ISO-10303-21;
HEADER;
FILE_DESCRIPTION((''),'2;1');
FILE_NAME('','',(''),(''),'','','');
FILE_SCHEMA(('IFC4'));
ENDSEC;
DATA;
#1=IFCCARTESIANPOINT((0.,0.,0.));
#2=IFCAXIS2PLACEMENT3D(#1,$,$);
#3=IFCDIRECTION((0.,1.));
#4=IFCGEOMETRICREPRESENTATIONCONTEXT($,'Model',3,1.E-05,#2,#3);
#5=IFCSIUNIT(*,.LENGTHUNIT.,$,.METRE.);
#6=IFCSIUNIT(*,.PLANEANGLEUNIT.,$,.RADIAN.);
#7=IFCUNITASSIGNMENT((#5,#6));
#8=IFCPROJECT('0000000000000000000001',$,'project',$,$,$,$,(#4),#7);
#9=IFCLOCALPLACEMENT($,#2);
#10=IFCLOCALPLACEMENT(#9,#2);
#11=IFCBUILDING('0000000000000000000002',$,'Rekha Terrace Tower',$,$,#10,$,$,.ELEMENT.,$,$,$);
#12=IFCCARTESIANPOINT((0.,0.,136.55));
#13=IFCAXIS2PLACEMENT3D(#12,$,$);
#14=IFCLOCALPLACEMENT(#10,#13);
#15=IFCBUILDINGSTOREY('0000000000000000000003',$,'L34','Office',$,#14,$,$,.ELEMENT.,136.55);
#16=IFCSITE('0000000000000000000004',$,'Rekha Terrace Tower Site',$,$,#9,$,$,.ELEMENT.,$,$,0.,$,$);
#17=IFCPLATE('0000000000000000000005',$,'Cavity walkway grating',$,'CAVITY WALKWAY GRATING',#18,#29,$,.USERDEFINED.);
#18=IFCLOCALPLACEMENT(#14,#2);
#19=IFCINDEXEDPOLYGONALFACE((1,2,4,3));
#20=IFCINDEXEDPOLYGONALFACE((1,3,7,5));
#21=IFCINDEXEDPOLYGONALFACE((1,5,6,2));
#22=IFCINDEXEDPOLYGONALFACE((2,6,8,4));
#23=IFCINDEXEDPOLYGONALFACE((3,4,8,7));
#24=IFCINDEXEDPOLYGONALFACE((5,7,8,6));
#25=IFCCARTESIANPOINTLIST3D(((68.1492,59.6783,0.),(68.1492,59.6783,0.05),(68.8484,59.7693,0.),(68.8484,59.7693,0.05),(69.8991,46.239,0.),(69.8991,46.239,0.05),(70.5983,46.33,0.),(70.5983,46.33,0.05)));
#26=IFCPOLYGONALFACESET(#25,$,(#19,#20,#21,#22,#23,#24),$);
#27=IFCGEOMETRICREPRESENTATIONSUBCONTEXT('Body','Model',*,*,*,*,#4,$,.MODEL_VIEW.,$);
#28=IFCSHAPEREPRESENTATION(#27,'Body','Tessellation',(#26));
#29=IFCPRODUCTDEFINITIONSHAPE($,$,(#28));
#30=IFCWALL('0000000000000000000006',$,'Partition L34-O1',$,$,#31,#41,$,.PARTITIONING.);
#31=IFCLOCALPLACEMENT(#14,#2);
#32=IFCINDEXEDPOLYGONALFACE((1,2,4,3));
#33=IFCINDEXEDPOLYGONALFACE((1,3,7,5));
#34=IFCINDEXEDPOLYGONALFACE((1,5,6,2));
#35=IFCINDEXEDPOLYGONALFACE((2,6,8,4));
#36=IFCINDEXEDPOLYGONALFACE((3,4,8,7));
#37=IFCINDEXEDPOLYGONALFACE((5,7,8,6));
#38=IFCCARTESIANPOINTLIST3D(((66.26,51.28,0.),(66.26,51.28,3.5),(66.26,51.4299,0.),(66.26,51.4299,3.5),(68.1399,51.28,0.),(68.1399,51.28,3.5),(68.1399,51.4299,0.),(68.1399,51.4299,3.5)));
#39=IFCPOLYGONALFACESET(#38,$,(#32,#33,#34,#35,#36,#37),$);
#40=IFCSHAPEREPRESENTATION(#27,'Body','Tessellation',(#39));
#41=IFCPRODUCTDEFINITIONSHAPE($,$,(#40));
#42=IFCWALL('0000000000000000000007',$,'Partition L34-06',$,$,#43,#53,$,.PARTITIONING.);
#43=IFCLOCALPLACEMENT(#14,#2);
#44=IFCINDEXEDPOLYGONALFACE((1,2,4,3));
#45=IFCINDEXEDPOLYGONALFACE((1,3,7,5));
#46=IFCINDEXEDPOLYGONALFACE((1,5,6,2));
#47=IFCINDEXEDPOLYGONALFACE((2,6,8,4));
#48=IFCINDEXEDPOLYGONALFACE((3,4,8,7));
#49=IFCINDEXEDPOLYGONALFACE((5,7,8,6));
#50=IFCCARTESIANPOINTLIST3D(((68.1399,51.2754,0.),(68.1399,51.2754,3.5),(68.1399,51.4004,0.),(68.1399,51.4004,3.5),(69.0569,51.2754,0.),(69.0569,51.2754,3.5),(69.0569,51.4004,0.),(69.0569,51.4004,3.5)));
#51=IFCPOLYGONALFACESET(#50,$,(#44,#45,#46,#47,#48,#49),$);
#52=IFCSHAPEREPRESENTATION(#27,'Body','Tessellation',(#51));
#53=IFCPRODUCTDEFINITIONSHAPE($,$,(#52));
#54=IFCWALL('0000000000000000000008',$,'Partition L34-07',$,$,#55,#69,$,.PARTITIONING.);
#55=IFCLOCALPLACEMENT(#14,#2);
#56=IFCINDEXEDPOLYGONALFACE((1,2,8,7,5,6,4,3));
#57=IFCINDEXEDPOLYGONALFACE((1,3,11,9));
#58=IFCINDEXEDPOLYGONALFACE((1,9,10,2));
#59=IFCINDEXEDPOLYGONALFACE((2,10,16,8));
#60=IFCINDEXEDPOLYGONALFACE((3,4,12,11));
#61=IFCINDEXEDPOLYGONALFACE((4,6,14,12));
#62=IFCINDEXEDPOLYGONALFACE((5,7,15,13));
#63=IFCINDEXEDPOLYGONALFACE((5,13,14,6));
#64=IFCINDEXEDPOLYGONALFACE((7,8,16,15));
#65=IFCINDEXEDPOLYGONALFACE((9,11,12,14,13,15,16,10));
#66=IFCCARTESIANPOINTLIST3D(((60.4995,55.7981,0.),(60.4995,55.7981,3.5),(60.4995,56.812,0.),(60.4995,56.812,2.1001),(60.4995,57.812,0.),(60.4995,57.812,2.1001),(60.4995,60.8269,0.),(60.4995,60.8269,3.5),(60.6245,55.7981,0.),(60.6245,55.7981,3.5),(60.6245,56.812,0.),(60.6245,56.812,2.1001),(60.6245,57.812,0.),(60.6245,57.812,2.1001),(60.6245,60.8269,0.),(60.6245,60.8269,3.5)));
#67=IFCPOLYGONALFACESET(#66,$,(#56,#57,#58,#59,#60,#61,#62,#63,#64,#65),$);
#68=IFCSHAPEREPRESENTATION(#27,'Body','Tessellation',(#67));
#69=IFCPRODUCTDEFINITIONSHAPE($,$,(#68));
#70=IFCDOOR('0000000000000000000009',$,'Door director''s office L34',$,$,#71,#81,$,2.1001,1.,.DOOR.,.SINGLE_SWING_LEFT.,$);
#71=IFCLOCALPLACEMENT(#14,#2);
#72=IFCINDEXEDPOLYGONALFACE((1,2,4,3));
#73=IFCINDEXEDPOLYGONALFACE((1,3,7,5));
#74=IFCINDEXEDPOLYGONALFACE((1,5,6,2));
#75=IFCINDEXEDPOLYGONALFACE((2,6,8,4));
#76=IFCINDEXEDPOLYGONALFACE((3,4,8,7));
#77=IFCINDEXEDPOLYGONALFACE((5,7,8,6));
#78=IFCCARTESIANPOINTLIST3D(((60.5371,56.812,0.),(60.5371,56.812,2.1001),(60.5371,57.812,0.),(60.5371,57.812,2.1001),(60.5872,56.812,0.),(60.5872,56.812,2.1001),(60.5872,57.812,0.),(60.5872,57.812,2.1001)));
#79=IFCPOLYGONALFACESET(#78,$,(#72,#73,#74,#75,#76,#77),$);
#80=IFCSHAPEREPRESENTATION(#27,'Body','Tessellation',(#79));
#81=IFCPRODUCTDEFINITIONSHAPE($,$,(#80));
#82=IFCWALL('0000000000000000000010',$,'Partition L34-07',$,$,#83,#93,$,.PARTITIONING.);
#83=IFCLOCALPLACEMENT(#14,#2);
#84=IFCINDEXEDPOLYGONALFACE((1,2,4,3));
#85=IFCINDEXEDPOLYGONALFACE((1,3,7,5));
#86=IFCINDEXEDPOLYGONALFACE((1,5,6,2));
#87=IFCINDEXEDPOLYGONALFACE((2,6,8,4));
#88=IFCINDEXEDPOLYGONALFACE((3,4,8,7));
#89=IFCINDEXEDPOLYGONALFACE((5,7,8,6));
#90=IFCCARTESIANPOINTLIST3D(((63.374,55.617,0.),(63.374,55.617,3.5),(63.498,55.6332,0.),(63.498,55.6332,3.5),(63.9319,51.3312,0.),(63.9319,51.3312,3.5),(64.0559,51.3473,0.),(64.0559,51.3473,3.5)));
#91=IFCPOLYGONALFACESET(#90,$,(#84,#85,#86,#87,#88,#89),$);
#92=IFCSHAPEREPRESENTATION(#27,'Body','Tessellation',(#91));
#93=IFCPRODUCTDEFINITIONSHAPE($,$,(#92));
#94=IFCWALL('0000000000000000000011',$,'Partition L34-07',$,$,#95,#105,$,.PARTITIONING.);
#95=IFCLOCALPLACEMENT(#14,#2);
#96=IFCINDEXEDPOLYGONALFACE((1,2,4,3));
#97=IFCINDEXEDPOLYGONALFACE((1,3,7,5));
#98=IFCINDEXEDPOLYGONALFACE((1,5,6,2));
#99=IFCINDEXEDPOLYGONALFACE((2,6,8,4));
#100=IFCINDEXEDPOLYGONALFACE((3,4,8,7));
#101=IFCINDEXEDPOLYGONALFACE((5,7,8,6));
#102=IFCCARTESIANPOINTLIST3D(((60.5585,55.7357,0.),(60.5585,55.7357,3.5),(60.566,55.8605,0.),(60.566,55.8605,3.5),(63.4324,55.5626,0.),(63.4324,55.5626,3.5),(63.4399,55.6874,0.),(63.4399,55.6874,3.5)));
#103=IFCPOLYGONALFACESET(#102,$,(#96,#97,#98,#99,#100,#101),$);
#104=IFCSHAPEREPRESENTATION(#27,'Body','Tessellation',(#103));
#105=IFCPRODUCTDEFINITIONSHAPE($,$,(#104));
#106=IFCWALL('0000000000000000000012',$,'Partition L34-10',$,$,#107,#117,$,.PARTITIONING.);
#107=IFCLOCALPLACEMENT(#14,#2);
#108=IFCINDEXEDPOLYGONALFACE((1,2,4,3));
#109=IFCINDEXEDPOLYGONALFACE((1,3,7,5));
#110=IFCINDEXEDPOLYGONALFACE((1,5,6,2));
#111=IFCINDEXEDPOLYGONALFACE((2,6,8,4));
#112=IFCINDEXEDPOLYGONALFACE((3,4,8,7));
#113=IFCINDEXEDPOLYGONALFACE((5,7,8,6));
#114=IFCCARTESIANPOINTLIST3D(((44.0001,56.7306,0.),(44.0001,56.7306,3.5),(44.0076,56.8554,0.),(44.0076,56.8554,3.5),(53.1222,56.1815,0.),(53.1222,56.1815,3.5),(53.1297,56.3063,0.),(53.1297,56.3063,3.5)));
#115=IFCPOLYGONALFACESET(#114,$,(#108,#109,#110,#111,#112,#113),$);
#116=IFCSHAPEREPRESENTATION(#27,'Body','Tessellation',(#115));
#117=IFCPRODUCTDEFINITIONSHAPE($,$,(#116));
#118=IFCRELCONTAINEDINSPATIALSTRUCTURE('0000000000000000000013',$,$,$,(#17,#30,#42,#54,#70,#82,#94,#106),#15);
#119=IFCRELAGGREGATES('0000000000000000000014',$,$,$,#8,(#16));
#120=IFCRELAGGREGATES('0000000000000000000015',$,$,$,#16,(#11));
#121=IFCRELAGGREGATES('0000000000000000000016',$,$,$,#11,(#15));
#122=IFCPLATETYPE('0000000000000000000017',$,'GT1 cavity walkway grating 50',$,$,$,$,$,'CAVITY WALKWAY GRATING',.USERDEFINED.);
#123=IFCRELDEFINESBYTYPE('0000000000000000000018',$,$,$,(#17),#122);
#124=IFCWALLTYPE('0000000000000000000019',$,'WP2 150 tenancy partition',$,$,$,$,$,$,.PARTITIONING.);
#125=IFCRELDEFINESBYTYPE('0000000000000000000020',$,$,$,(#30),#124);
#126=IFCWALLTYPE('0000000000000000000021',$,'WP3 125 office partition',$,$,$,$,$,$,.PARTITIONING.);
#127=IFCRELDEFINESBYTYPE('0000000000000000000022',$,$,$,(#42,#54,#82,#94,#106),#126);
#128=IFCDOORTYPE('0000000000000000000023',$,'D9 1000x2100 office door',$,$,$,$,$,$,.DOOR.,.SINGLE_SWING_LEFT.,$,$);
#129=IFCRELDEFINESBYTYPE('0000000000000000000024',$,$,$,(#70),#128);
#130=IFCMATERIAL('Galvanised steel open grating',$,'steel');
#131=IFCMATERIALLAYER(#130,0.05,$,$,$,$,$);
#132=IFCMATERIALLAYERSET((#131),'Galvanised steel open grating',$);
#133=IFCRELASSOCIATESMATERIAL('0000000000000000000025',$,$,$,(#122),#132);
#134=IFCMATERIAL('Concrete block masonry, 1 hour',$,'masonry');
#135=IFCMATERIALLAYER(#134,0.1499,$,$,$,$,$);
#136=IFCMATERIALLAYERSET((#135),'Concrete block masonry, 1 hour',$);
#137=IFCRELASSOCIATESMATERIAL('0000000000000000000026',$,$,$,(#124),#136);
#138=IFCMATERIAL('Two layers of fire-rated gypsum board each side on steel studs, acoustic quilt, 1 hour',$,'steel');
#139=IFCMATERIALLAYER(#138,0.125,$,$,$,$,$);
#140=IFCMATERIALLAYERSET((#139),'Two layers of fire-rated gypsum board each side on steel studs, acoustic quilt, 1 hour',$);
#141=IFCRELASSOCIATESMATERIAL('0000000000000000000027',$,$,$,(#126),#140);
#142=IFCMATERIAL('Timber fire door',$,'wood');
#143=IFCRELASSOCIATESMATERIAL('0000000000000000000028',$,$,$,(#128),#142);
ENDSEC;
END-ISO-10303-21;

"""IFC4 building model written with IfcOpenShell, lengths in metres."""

from ifc_helpers import new_model, si_unit, direction, frame, frame_2d, origin, origin_2d, place, context, subcontext, project, spatial, rectangle, extrude, material, layer, layer_set, type_object, element, fill, save


model = new_model("IFC4")

# Units and contexts
model_context = context("Model", 3, precision=1e-05, world=origin(), true_north=direction((0.0, 1.0)))
body_context = subcontext(model_context, "Body", "Model", "MODEL_VIEW")
ifc_project = project(units=[si_unit("LENGTHUNIT", "METRE"), si_unit("PLANEANGLEUNIT", "RADIAN")], contexts=[model_context])

# Site, building, storey
site_placement = place(None, origin())
site = spatial("IfcSite", under=ifc_project, at=site_placement, Name="Rekha Terrace Tower Site", CompositionType="ELEMENT", RefElevation=0.0)
building_placement = place(site_placement, origin())
building = spatial("IfcBuilding", under=site, at=building_placement, Name="Rekha Terrace Tower", CompositionType="ELEMENT")
storey_placement = place(building_placement, frame((0.0, 0.0, 136.55)))
storey = spatial("IfcBuildingStorey", under=building, at=storey_placement, Name="L34", Description="Office", CompositionType="ELEMENT", Elevation=136.55)

# Plate
ifc_material_1 = material(Name="Galvanised steel open grating", Category="steel")
ifc_layer_1 = layer(ifc_material_1, 0.05)
ifc_layer_set_1 = layer_set([ifc_layer_1], Name="Galvanised steel open grating")
plate_type_1 = type_object("IfcPlateType", Name="GT1 cavity walkway grating 50", ElementType="CAVITY WALKWAY GRATING", PredefinedType="USERDEFINED", material=ifc_layer_set_1)
plate_1_placement = place(storey_placement, frame((69.3738, 53.0042, 0.0), z_axis=(0.0, 0.0, 1.0), x_axis=(-0.129118, 0.991629, 0.0)))
element("IfcPlate", 1, at=plate_1_placement, inside=storey, type_object=plate_type_1, Name="Cavity walkway grating", ObjectType="CAVITY WALKWAY GRATING", PredefinedType="USERDEFINED", context=body_context, shape_type="SweptSolid", body=[
    extrude(rectangle(XDim=13.5527, YDim=0.7051, at=origin_2d()), origin(), (0.0, 0.0, 1.0), 0.05),
])

# Walls
ifc_material_2 = material(Name="Concrete block masonry, 1 hour", Category="masonry")
ifc_layer_2 = layer(ifc_material_2, 0.1499)
ifc_layer_set_2 = layer_set([ifc_layer_2], Name="Concrete block masonry, 1 hour")
wall_type_1 = type_object("IfcWallType", Name="WP2 150 tenancy partition", PredefinedType="PARTITIONING", material=ifc_layer_set_2)
wall_1_placement = place(storey_placement, frame((66.26, 51.355, 0.0), z_axis=(0.0, 0.0, 1.0), x_axis=(1.0, 0.0, 0.0)))
element("IfcWall", 2, at=wall_1_placement, inside=storey, type_object=wall_type_1, Name="Partition L34-O1", PredefinedType="PARTITIONING", context=body_context, shape_type="SweptSolid", body=[
    extrude(rectangle(XDim=1.8799, YDim=0.1499, at=frame_2d((0.9399, 0.0))), origin(), (0.0, 0.0, 1.0), 3.5),
])
ifc_material_3 = material(Name="Two layers of fire-rated gypsum board each side on steel studs, acoustic quilt, 1 hour", Category="steel")
ifc_layer_3 = layer(ifc_material_3, 0.125)
ifc_layer_set_3 = layer_set([ifc_layer_3], Name="Two layers of fire-rated gypsum board each side on steel studs, acoustic quilt, 1 hour")
wall_type_2 = type_object("IfcWallType", Name="WP3 125 office partition", PredefinedType="PARTITIONING", material=ifc_layer_set_3)
wall_2_placement = place(storey_placement, frame((68.1399, 51.3379, 0.0), z_axis=(0.0, 0.0, 1.0), x_axis=(1.0, 0.0, 0.0)))
element("IfcWall", 3, at=wall_2_placement, inside=storey, type_object=wall_type_2, Name="Partition L34-06", PredefinedType="PARTITIONING", context=body_context, shape_type="SweptSolid", body=[
    extrude(rectangle(XDim=0.917, YDim=0.125, at=frame_2d((0.4585, 0.0))), origin(), (0.0, 0.0, 1.0), 3.5),
])

# Wall, opening, door
wall_3_placement = place(storey_placement, frame((60.562, 55.7981, 0.0), z_axis=(0.0, 0.0, 1.0), x_axis=(0.0, 1.0, 0.0)))
wall_3 = element("IfcWall", 4, at=wall_3_placement, inside=storey, type_object=wall_type_2, Name="Partition L34-07", PredefinedType="PARTITIONING", context=body_context, shape_type="SweptSolid", body=[
    extrude(rectangle(XDim=5.0288, YDim=0.125, at=frame_2d((2.5144, 0.0))), origin(), (0.0, 0.0, 1.0), 3.5),
])
opening_placement = place(wall_3_placement, frame((1.0139, 0.0, 0.0)))
opening = element("IfcOpeningElement", 5, at=opening_placement, cuts=wall_3, PredefinedType="OPENING", context=body_context, shape_type="SweptSolid", body=[
    extrude(rectangle(XDim=1.0, YDim=2.1001, at=frame_2d((0.5, 1.05))), frame((0.0, 0.0725, 0.0), z_axis=(0.0, -1.0, 0.0), x_axis=(1.0, 0.0, 0.0)), (0.0, 0.0, 1.0), 0.145),
])
ifc_material_4 = material(Name="Timber fire door", Category="wood")
door_type = type_object("IfcDoorType", Name="D9 1000x2100 office door", OperationType="SINGLE_SWING_LEFT", PredefinedType="DOOR", material=ifc_material_4)
door_placement = place(opening_placement, origin())
door = element("IfcDoor", 6, at=door_placement, inside=storey, type_object=door_type, Name="Door director's office L34", OperationType="SINGLE_SWING_LEFT", OverallHeight=2.1001, OverallWidth=1.0, PredefinedType="DOOR", context=body_context, shape_type="SweptSolid", body=[
    extrude(rectangle(XDim=1.0, YDim=2.1001, at=frame_2d((0.5, 1.05))), frame((0.0, 0.0249, 0.0), z_axis=(0.0, -1.0, 0.0), x_axis=(1.0, 0.0, 0.0)), (0.0, 0.0, 1.0), 0.05),
])
fill(opening, door)

# Walls
wall_4_placement = place(storey_placement, frame((63.9939, 51.3391, 0.0), z_axis=(0.0, 0.0, 1.0), x_axis=(-0.129074, 0.991635, 0.0)))
element("IfcWall", 7, at=wall_4_placement, inside=storey, type_object=wall_type_2, Name="Partition L34-07", PredefinedType="PARTITIONING", context=body_context, shape_type="SweptSolid", body=[
    extrude(rectangle(XDim=4.322, YDim=0.125, at=frame_2d((2.1611, 0.0))), origin(), (0.0, 0.0, 1.0), 3.5),
])
wall_5_placement = place(storey_placement, frame((63.436, 55.625, 0.0), z_axis=(0.0, 0.0, 1.0), x_axis=(-0.998191, 0.060119, 0.0)))
element("IfcWall", 8, at=wall_5_placement, inside=storey, type_object=wall_type_2, Name="Partition L34-07", PredefinedType="PARTITIONING", context=body_context, shape_type="SweptSolid", body=[
    extrude(rectangle(XDim=2.8792, YDim=0.125, at=frame_2d((1.4395, 0.0))), origin(), (0.0, 0.0, 1.0), 3.5),
])
wall_6_placement = place(storey_placement, frame((53.126, 56.2439, 0.0), z_axis=(0.0, 0.0, 1.0), x_axis=(-0.998193, 0.060083, 0.0)))
element("IfcWall", 9, at=wall_6_placement, inside=storey, type_object=wall_type_2, Name="Partition L34-10", PredefinedType="PARTITIONING", context=body_context, shape_type="SweptSolid", body=[
    extrude(rectangle(XDim=9.1387, YDim=0.125, at=frame_2d((4.5693, 0.0))), origin(), (0.0, 0.0, 1.0), 3.5),
])

save(model, "model.ifc")
